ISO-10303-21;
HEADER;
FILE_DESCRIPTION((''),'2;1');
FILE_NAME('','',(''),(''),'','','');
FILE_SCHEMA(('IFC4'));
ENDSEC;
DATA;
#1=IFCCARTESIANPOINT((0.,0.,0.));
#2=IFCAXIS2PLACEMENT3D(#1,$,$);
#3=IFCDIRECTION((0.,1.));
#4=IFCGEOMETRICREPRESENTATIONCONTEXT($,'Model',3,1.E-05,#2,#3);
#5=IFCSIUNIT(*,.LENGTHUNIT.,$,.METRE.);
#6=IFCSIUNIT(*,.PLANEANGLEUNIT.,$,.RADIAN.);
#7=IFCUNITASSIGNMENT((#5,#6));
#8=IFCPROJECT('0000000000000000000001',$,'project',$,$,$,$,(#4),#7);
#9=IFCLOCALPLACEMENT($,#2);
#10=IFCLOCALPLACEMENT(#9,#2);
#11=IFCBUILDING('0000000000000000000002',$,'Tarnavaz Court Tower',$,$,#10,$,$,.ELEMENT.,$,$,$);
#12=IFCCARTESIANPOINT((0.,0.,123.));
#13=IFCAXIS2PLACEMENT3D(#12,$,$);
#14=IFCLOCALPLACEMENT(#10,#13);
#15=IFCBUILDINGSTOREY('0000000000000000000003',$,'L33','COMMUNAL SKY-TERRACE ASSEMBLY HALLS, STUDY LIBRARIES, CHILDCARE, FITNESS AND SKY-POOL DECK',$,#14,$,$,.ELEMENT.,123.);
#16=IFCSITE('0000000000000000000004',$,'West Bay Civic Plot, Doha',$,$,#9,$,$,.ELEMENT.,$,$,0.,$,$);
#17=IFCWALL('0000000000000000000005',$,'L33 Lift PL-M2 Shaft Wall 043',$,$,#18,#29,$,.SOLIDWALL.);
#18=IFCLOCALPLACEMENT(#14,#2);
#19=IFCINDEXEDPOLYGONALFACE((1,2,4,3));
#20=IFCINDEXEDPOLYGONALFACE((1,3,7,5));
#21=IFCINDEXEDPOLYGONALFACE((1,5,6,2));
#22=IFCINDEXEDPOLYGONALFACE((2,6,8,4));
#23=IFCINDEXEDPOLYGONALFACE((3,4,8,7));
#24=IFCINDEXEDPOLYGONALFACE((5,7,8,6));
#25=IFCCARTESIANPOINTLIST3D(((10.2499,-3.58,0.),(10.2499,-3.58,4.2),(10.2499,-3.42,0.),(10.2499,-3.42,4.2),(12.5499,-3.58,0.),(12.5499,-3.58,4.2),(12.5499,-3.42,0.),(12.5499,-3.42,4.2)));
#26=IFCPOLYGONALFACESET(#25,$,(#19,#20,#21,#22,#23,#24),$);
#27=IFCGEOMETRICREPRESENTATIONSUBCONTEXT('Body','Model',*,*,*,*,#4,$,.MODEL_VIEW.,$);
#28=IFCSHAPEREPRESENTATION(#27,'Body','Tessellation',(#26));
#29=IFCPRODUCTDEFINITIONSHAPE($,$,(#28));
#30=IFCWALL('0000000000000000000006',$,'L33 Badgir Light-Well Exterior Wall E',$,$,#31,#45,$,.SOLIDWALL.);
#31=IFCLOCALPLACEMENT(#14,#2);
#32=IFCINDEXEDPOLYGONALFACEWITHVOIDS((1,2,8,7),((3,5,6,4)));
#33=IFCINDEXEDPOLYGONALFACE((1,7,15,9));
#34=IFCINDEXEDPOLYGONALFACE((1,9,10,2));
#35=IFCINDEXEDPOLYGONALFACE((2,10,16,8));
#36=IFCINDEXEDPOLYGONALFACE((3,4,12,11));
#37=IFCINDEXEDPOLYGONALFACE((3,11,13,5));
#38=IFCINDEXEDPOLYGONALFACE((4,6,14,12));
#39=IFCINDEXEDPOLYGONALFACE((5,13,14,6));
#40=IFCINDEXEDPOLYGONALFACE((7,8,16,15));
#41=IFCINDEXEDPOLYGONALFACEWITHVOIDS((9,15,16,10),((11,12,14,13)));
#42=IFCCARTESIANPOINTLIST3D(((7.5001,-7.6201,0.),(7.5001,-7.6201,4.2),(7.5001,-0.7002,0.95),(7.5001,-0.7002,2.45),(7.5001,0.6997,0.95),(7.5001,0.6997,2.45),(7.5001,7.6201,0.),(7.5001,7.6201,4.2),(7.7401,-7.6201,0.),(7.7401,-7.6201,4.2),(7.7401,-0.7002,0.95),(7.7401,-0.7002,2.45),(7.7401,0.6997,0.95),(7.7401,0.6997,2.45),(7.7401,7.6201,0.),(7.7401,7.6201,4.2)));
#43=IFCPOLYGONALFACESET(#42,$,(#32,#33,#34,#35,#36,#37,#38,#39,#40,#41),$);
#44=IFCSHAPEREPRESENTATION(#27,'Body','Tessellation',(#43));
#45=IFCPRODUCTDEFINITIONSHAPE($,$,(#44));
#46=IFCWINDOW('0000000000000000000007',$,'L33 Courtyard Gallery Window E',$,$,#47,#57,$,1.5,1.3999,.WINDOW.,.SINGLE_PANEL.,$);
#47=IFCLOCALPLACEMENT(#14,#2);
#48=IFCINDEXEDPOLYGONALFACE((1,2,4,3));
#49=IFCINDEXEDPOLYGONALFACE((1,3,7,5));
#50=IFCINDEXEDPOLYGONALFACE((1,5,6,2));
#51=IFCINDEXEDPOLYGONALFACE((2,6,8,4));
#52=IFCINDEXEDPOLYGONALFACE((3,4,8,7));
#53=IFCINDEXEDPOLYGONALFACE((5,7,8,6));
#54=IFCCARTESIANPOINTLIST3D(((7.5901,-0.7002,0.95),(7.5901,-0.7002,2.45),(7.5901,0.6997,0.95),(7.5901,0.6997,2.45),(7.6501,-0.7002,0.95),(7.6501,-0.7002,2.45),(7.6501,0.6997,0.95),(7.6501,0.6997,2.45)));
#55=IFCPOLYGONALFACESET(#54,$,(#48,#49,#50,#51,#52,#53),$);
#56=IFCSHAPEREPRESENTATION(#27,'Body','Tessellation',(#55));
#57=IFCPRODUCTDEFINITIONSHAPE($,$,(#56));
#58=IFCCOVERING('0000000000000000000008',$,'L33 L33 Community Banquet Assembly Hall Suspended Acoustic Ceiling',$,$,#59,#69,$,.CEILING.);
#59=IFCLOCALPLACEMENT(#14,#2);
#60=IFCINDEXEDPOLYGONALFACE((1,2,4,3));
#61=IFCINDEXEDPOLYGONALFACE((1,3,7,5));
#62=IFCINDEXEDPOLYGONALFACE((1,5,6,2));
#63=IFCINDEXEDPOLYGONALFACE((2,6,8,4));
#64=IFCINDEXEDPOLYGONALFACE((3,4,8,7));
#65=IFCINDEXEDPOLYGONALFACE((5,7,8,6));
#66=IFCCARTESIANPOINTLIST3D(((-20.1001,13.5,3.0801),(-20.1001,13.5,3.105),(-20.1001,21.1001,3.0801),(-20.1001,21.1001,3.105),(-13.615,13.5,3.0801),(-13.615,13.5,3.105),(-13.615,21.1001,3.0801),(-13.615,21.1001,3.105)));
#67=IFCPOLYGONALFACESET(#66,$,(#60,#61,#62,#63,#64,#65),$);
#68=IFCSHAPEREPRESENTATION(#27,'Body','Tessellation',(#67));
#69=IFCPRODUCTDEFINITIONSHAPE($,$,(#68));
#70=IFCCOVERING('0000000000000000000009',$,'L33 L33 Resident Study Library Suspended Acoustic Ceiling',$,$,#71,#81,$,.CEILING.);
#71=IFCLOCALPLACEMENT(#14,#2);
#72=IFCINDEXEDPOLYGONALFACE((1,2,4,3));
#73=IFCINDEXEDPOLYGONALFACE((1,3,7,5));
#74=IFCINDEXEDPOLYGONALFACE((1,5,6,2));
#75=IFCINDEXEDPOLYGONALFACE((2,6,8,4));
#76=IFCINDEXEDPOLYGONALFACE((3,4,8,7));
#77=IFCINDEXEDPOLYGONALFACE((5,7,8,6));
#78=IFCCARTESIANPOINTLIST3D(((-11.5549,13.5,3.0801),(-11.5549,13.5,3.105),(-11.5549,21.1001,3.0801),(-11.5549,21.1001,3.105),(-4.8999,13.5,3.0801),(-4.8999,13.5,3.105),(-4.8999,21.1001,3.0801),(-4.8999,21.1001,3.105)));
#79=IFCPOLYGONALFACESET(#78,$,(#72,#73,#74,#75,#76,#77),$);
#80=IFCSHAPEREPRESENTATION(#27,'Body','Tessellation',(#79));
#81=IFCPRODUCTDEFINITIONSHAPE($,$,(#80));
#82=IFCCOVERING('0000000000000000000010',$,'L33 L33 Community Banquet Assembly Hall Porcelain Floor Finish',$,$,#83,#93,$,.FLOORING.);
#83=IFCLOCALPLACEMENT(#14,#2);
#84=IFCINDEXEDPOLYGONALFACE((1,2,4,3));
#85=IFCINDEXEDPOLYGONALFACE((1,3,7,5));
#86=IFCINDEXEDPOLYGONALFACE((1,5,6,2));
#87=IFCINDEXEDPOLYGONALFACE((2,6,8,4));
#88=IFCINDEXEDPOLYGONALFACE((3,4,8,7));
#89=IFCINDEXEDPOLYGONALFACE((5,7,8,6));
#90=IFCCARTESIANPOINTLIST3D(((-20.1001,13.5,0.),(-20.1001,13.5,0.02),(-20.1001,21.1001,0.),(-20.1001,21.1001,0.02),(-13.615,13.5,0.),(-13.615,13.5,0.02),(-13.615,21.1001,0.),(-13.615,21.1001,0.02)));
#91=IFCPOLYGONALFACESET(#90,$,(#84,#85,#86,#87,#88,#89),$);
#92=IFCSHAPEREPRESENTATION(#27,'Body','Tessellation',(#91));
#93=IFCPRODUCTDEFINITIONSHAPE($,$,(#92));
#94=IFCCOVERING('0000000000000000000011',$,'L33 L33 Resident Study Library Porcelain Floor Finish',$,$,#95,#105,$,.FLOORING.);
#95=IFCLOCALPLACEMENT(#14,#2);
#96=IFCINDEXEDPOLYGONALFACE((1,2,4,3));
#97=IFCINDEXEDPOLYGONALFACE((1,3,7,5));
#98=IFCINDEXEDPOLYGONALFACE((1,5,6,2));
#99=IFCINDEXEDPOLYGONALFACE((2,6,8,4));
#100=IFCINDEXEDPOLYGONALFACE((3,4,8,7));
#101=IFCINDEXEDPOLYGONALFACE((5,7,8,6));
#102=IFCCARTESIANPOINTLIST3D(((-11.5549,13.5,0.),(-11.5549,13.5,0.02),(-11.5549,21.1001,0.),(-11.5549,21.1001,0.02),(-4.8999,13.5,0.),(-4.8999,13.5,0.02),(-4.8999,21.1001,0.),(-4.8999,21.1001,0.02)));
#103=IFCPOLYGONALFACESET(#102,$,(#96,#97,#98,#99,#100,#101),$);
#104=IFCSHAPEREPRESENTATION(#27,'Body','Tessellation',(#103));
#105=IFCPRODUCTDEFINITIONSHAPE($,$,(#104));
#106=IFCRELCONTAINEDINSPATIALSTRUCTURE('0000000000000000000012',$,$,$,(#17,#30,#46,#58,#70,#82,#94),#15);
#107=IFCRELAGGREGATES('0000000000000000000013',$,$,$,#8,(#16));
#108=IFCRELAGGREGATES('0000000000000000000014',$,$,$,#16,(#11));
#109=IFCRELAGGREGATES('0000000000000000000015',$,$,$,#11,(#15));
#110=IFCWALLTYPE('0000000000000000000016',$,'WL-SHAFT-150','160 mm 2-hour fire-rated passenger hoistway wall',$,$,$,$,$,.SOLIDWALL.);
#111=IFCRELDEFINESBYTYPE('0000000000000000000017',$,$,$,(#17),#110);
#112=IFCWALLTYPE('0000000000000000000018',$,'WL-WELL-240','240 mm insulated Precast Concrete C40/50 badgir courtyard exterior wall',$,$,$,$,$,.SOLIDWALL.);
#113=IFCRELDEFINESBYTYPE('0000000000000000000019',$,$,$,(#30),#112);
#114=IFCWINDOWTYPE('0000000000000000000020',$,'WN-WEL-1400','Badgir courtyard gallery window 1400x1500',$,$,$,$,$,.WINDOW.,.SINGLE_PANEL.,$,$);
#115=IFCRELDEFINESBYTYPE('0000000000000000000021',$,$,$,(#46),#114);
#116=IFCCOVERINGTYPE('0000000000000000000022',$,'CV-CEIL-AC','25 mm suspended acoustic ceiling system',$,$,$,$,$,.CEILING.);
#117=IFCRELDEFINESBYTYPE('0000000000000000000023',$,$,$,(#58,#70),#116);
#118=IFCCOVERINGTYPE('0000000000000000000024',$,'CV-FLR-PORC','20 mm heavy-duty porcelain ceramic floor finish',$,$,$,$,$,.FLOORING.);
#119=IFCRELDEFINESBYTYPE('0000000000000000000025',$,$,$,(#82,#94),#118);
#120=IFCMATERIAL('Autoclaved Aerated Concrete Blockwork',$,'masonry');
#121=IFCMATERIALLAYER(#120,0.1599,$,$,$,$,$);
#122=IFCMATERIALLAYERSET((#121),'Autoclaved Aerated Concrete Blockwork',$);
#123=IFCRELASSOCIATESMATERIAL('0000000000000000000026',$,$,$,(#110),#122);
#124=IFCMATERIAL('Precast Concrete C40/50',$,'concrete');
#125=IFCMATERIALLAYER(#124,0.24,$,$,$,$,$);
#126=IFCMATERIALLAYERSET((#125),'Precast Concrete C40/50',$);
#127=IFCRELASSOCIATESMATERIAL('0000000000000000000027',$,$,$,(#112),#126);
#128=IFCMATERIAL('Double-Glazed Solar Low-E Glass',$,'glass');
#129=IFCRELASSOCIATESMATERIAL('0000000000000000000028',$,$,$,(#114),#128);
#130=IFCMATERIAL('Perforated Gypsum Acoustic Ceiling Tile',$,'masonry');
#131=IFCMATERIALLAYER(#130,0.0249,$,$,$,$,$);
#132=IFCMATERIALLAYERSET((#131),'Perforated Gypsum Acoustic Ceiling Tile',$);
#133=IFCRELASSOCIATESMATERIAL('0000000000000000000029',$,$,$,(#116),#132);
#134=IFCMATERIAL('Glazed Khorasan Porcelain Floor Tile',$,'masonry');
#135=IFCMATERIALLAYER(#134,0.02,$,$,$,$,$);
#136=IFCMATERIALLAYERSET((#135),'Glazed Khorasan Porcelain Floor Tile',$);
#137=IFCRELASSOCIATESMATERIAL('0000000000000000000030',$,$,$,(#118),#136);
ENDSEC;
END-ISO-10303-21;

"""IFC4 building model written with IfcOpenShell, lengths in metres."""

from ifc_helpers import new_model, si_unit, direction, frame, frame_2d, origin, place, context, subcontext, project, spatial, polyline, rectangle, outline, extrude, material, layer, layer_set, type_object, element, fill, save


model = new_model("IFC4")

# Units and contexts
model_context = context("Model", 3, precision=1e-05, world=origin(), true_north=direction((0.0, 1.0)))
body_context = subcontext(model_context, "Body", "Model", "MODEL_VIEW")
ifc_project = project(units=[si_unit("LENGTHUNIT", "METRE"), si_unit("PLANEANGLEUNIT", "RADIAN")], contexts=[model_context])

# Site, building, storey
site_placement = place(None, origin())
site = spatial("IfcSite", under=ifc_project, at=site_placement, Name="West Bay Civic Plot, Doha", CompositionType="ELEMENT", RefElevation=0.0)
building_placement = place(site_placement, origin())
building = spatial("IfcBuilding", under=site, at=building_placement, Name="Tarnavaz Court Tower", CompositionType="ELEMENT")
storey_placement = place(building_placement, frame((0.0, 0.0, 123.0)))
storey = spatial("IfcBuildingStorey", under=building, at=storey_placement, Name="L33", Description="COMMUNAL SKY-TERRACE ASSEMBLY HALLS, STUDY LIBRARIES, CHILDCARE, FITNESS AND SKY-POOL DECK", CompositionType="ELEMENT", Elevation=123.0)

# Shared definitions
ifc_material_1 = material(Name="Double-Glazed Solar Low-E Glass", Category="glass")

# Shared definitions
ifc_material_2 = material(Name="Autoclaved Aerated Concrete Blockwork", Category="masonry")
ifc_layer_1 = layer(ifc_material_2, 0.1599)
ifc_layer_set_1 = layer_set([ifc_layer_1], Name="Autoclaved Aerated Concrete Blockwork")
wall_type_1 = type_object("IfcWallType", Name="WL-SHAFT-150", Description="160 mm 2-hour fire-rated passenger hoistway wall", PredefinedType="SOLIDWALL", material=ifc_layer_set_1)

# Wall
wall_1_placement = place(storey_placement, frame((10.25, -3.5, 0.0), z_axis=(0.0, 0.0, 1.0), x_axis=(1.0, 0.0, 0.0)))
element("IfcWall", 1, at=wall_1_placement, inside=storey, type_object=wall_type_1, Name="L33 Lift PL-M2 Shaft Wall 043", PredefinedType="SOLIDWALL", context=body_context, shape_type="SweptSolid", body=[
    extrude(rectangle(XDim=2.3, YDim=0.1599, at=frame_2d((1.1499, 0.0))), origin(), (0.0, 0.0, 1.0), 4.2),
])

# Wall, opening, window
ifc_material_3 = material(Name="Precast Concrete C40/50", Category="concrete")
ifc_layer_2 = layer(ifc_material_3, 0.24)
ifc_layer_set_2 = layer_set([ifc_layer_2], Name="Precast Concrete C40/50")
wall_type_2 = type_object("IfcWallType", Name="WL-WELL-240", Description="240 mm insulated Precast Concrete C40/50 badgir courtyard exterior wall", PredefinedType="SOLIDWALL", material=ifc_layer_set_2)
wall_2_placement = place(storey_placement, frame((7.6201, -7.6201, 0.0), z_axis=(0.0, 0.0, 1.0), x_axis=(0.0, 1.0, 0.0)))
wall_2 = element("IfcWall", 2, at=wall_2_placement, inside=storey, type_object=wall_type_2, Name="L33 Badgir Light-Well Exterior Wall E", PredefinedType="SOLIDWALL", context=body_context, shape_type="SweptSolid", body=[
    extrude(rectangle(XDim=15.2402, YDim=0.24, at=frame_2d((7.6201, 0.0))), origin(), (0.0, 0.0, 1.0), 4.2),
])
opening_1_placement = place(wall_2_placement, frame((6.9199, 0.0, 0.95)))
opening_1 = element("IfcOpeningElement", 3, at=opening_1_placement, cuts=wall_2, PredefinedType="OPENING", context=body_context, shape_type="SweptSolid", body=[
    extrude(rectangle(XDim=1.3999, YDim=1.5, at=frame_2d((0.7, 0.75))), frame((0.0, 0.1299, 0.0), z_axis=(0.0, -1.0, 0.0), x_axis=(1.0, 0.0, 0.0)), (0.0, 0.0, 1.0), 0.26),
])
window_type = type_object("IfcWindowType", Name="WN-WEL-1400", Description="Badgir courtyard gallery window 1400x1500", PartitioningType="SINGLE_PANEL", PredefinedType="WINDOW", material=ifc_material_1)
window_placement = place(opening_1_placement, origin())
window = element("IfcWindow", 4, at=window_placement, inside=storey, type_object=window_type, Name="L33 Courtyard Gallery Window E", OverallHeight=1.5, OverallWidth=1.3999, PartitioningType="SINGLE_PANEL", PredefinedType="WINDOW", context=body_context, shape_type="SweptSolid", body=[
    extrude(rectangle(XDim=1.3999, YDim=1.5, at=frame_2d((0.7, 0.75))), frame((0.0, 0.03, 0.0), z_axis=(0.0, -1.0, 0.0), x_axis=(1.0, 0.0, 0.0)), (0.0, 0.0, 1.0), 0.0601),
])
fill(opening_1, window)

# Coverings
ifc_material_4 = material(Name="Perforated Gypsum Acoustic Ceiling Tile", Category="masonry")
ifc_layer_3 = layer(ifc_material_4, 0.0249)
ifc_layer_set_3 = layer_set([ifc_layer_3], Name="Perforated Gypsum Acoustic Ceiling Tile")
covering_type_1 = type_object("IfcCoveringType", Name="CV-CEIL-AC", Description="25 mm suspended acoustic ceiling system", PredefinedType="CEILING", material=ifc_layer_set_3)
covering_1_placement = place(storey_placement, frame((0.0, 0.0, 3.0801)))
element("IfcCovering", 5, at=covering_1_placement, inside=storey, type_object=covering_type_1, Name="L33 L33 Community Banquet Assembly Hall Suspended Acoustic Ceiling", PredefinedType="CEILING", context=body_context, shape_type="SweptSolid", body=[
    extrude(outline(polyline([(-20.1001, 13.5), (-13.615, 13.5), (-13.615, 21.1001), (-20.1001, 21.1001), (-20.1001, 13.5)])), origin(), (0.0, 0.0, 1.0), 0.0249),
])
covering_2_placement = place(storey_placement, frame((0.0, 0.0, 3.0801)))
element("IfcCovering", 6, at=covering_2_placement, inside=storey, type_object=covering_type_1, Name="L33 L33 Resident Study Library Suspended Acoustic Ceiling", PredefinedType="CEILING", context=body_context, shape_type="SweptSolid", body=[
    extrude(outline(polyline([(-11.5549, 13.5), (-4.8999, 13.5), (-4.8999, 21.1001), (-11.5549, 21.1001), (-11.5549, 13.5)])), origin(), (0.0, 0.0, 1.0), 0.0249),
])
ifc_material_5 = material(Name="Glazed Khorasan Porcelain Floor Tile", Category="masonry")
ifc_layer_4 = layer(ifc_material_5, 0.02)
ifc_layer_set_4 = layer_set([ifc_layer_4], Name="Glazed Khorasan Porcelain Floor Tile")
covering_type_2 = type_object("IfcCoveringType", Name="CV-FLR-PORC", Description="20 mm heavy-duty porcelain ceramic floor finish", PredefinedType="FLOORING", material=ifc_layer_set_4)
covering_3_placement = place(storey_placement, origin())
element("IfcCovering", 7, at=covering_3_placement, inside=storey, type_object=covering_type_2, Name="L33 L33 Community Banquet Assembly Hall Porcelain Floor Finish", PredefinedType="FLOORING", context=body_context, shape_type="SweptSolid", body=[
    extrude(outline(polyline([(-20.1001, 13.5), (-13.615, 13.5), (-13.615, 21.1001), (-20.1001, 21.1001), (-20.1001, 13.5)])), origin(), (0.0, 0.0, 1.0), 0.02),
])
covering_4_placement = place(storey_placement, origin())
element("IfcCovering", 8, at=covering_4_placement, inside=storey, type_object=covering_type_2, Name="L33 L33 Resident Study Library Porcelain Floor Finish", PredefinedType="FLOORING", context=body_context, shape_type="SweptSolid", body=[
    extrude(outline(polyline([(-11.5549, 13.5), (-4.8999, 13.5), (-4.8999, 21.1001), (-11.5549, 21.1001), (-11.5549, 13.5)])), origin(), (0.0, 0.0, 1.0), 0.02),
])

save(model, "model.ifc")
